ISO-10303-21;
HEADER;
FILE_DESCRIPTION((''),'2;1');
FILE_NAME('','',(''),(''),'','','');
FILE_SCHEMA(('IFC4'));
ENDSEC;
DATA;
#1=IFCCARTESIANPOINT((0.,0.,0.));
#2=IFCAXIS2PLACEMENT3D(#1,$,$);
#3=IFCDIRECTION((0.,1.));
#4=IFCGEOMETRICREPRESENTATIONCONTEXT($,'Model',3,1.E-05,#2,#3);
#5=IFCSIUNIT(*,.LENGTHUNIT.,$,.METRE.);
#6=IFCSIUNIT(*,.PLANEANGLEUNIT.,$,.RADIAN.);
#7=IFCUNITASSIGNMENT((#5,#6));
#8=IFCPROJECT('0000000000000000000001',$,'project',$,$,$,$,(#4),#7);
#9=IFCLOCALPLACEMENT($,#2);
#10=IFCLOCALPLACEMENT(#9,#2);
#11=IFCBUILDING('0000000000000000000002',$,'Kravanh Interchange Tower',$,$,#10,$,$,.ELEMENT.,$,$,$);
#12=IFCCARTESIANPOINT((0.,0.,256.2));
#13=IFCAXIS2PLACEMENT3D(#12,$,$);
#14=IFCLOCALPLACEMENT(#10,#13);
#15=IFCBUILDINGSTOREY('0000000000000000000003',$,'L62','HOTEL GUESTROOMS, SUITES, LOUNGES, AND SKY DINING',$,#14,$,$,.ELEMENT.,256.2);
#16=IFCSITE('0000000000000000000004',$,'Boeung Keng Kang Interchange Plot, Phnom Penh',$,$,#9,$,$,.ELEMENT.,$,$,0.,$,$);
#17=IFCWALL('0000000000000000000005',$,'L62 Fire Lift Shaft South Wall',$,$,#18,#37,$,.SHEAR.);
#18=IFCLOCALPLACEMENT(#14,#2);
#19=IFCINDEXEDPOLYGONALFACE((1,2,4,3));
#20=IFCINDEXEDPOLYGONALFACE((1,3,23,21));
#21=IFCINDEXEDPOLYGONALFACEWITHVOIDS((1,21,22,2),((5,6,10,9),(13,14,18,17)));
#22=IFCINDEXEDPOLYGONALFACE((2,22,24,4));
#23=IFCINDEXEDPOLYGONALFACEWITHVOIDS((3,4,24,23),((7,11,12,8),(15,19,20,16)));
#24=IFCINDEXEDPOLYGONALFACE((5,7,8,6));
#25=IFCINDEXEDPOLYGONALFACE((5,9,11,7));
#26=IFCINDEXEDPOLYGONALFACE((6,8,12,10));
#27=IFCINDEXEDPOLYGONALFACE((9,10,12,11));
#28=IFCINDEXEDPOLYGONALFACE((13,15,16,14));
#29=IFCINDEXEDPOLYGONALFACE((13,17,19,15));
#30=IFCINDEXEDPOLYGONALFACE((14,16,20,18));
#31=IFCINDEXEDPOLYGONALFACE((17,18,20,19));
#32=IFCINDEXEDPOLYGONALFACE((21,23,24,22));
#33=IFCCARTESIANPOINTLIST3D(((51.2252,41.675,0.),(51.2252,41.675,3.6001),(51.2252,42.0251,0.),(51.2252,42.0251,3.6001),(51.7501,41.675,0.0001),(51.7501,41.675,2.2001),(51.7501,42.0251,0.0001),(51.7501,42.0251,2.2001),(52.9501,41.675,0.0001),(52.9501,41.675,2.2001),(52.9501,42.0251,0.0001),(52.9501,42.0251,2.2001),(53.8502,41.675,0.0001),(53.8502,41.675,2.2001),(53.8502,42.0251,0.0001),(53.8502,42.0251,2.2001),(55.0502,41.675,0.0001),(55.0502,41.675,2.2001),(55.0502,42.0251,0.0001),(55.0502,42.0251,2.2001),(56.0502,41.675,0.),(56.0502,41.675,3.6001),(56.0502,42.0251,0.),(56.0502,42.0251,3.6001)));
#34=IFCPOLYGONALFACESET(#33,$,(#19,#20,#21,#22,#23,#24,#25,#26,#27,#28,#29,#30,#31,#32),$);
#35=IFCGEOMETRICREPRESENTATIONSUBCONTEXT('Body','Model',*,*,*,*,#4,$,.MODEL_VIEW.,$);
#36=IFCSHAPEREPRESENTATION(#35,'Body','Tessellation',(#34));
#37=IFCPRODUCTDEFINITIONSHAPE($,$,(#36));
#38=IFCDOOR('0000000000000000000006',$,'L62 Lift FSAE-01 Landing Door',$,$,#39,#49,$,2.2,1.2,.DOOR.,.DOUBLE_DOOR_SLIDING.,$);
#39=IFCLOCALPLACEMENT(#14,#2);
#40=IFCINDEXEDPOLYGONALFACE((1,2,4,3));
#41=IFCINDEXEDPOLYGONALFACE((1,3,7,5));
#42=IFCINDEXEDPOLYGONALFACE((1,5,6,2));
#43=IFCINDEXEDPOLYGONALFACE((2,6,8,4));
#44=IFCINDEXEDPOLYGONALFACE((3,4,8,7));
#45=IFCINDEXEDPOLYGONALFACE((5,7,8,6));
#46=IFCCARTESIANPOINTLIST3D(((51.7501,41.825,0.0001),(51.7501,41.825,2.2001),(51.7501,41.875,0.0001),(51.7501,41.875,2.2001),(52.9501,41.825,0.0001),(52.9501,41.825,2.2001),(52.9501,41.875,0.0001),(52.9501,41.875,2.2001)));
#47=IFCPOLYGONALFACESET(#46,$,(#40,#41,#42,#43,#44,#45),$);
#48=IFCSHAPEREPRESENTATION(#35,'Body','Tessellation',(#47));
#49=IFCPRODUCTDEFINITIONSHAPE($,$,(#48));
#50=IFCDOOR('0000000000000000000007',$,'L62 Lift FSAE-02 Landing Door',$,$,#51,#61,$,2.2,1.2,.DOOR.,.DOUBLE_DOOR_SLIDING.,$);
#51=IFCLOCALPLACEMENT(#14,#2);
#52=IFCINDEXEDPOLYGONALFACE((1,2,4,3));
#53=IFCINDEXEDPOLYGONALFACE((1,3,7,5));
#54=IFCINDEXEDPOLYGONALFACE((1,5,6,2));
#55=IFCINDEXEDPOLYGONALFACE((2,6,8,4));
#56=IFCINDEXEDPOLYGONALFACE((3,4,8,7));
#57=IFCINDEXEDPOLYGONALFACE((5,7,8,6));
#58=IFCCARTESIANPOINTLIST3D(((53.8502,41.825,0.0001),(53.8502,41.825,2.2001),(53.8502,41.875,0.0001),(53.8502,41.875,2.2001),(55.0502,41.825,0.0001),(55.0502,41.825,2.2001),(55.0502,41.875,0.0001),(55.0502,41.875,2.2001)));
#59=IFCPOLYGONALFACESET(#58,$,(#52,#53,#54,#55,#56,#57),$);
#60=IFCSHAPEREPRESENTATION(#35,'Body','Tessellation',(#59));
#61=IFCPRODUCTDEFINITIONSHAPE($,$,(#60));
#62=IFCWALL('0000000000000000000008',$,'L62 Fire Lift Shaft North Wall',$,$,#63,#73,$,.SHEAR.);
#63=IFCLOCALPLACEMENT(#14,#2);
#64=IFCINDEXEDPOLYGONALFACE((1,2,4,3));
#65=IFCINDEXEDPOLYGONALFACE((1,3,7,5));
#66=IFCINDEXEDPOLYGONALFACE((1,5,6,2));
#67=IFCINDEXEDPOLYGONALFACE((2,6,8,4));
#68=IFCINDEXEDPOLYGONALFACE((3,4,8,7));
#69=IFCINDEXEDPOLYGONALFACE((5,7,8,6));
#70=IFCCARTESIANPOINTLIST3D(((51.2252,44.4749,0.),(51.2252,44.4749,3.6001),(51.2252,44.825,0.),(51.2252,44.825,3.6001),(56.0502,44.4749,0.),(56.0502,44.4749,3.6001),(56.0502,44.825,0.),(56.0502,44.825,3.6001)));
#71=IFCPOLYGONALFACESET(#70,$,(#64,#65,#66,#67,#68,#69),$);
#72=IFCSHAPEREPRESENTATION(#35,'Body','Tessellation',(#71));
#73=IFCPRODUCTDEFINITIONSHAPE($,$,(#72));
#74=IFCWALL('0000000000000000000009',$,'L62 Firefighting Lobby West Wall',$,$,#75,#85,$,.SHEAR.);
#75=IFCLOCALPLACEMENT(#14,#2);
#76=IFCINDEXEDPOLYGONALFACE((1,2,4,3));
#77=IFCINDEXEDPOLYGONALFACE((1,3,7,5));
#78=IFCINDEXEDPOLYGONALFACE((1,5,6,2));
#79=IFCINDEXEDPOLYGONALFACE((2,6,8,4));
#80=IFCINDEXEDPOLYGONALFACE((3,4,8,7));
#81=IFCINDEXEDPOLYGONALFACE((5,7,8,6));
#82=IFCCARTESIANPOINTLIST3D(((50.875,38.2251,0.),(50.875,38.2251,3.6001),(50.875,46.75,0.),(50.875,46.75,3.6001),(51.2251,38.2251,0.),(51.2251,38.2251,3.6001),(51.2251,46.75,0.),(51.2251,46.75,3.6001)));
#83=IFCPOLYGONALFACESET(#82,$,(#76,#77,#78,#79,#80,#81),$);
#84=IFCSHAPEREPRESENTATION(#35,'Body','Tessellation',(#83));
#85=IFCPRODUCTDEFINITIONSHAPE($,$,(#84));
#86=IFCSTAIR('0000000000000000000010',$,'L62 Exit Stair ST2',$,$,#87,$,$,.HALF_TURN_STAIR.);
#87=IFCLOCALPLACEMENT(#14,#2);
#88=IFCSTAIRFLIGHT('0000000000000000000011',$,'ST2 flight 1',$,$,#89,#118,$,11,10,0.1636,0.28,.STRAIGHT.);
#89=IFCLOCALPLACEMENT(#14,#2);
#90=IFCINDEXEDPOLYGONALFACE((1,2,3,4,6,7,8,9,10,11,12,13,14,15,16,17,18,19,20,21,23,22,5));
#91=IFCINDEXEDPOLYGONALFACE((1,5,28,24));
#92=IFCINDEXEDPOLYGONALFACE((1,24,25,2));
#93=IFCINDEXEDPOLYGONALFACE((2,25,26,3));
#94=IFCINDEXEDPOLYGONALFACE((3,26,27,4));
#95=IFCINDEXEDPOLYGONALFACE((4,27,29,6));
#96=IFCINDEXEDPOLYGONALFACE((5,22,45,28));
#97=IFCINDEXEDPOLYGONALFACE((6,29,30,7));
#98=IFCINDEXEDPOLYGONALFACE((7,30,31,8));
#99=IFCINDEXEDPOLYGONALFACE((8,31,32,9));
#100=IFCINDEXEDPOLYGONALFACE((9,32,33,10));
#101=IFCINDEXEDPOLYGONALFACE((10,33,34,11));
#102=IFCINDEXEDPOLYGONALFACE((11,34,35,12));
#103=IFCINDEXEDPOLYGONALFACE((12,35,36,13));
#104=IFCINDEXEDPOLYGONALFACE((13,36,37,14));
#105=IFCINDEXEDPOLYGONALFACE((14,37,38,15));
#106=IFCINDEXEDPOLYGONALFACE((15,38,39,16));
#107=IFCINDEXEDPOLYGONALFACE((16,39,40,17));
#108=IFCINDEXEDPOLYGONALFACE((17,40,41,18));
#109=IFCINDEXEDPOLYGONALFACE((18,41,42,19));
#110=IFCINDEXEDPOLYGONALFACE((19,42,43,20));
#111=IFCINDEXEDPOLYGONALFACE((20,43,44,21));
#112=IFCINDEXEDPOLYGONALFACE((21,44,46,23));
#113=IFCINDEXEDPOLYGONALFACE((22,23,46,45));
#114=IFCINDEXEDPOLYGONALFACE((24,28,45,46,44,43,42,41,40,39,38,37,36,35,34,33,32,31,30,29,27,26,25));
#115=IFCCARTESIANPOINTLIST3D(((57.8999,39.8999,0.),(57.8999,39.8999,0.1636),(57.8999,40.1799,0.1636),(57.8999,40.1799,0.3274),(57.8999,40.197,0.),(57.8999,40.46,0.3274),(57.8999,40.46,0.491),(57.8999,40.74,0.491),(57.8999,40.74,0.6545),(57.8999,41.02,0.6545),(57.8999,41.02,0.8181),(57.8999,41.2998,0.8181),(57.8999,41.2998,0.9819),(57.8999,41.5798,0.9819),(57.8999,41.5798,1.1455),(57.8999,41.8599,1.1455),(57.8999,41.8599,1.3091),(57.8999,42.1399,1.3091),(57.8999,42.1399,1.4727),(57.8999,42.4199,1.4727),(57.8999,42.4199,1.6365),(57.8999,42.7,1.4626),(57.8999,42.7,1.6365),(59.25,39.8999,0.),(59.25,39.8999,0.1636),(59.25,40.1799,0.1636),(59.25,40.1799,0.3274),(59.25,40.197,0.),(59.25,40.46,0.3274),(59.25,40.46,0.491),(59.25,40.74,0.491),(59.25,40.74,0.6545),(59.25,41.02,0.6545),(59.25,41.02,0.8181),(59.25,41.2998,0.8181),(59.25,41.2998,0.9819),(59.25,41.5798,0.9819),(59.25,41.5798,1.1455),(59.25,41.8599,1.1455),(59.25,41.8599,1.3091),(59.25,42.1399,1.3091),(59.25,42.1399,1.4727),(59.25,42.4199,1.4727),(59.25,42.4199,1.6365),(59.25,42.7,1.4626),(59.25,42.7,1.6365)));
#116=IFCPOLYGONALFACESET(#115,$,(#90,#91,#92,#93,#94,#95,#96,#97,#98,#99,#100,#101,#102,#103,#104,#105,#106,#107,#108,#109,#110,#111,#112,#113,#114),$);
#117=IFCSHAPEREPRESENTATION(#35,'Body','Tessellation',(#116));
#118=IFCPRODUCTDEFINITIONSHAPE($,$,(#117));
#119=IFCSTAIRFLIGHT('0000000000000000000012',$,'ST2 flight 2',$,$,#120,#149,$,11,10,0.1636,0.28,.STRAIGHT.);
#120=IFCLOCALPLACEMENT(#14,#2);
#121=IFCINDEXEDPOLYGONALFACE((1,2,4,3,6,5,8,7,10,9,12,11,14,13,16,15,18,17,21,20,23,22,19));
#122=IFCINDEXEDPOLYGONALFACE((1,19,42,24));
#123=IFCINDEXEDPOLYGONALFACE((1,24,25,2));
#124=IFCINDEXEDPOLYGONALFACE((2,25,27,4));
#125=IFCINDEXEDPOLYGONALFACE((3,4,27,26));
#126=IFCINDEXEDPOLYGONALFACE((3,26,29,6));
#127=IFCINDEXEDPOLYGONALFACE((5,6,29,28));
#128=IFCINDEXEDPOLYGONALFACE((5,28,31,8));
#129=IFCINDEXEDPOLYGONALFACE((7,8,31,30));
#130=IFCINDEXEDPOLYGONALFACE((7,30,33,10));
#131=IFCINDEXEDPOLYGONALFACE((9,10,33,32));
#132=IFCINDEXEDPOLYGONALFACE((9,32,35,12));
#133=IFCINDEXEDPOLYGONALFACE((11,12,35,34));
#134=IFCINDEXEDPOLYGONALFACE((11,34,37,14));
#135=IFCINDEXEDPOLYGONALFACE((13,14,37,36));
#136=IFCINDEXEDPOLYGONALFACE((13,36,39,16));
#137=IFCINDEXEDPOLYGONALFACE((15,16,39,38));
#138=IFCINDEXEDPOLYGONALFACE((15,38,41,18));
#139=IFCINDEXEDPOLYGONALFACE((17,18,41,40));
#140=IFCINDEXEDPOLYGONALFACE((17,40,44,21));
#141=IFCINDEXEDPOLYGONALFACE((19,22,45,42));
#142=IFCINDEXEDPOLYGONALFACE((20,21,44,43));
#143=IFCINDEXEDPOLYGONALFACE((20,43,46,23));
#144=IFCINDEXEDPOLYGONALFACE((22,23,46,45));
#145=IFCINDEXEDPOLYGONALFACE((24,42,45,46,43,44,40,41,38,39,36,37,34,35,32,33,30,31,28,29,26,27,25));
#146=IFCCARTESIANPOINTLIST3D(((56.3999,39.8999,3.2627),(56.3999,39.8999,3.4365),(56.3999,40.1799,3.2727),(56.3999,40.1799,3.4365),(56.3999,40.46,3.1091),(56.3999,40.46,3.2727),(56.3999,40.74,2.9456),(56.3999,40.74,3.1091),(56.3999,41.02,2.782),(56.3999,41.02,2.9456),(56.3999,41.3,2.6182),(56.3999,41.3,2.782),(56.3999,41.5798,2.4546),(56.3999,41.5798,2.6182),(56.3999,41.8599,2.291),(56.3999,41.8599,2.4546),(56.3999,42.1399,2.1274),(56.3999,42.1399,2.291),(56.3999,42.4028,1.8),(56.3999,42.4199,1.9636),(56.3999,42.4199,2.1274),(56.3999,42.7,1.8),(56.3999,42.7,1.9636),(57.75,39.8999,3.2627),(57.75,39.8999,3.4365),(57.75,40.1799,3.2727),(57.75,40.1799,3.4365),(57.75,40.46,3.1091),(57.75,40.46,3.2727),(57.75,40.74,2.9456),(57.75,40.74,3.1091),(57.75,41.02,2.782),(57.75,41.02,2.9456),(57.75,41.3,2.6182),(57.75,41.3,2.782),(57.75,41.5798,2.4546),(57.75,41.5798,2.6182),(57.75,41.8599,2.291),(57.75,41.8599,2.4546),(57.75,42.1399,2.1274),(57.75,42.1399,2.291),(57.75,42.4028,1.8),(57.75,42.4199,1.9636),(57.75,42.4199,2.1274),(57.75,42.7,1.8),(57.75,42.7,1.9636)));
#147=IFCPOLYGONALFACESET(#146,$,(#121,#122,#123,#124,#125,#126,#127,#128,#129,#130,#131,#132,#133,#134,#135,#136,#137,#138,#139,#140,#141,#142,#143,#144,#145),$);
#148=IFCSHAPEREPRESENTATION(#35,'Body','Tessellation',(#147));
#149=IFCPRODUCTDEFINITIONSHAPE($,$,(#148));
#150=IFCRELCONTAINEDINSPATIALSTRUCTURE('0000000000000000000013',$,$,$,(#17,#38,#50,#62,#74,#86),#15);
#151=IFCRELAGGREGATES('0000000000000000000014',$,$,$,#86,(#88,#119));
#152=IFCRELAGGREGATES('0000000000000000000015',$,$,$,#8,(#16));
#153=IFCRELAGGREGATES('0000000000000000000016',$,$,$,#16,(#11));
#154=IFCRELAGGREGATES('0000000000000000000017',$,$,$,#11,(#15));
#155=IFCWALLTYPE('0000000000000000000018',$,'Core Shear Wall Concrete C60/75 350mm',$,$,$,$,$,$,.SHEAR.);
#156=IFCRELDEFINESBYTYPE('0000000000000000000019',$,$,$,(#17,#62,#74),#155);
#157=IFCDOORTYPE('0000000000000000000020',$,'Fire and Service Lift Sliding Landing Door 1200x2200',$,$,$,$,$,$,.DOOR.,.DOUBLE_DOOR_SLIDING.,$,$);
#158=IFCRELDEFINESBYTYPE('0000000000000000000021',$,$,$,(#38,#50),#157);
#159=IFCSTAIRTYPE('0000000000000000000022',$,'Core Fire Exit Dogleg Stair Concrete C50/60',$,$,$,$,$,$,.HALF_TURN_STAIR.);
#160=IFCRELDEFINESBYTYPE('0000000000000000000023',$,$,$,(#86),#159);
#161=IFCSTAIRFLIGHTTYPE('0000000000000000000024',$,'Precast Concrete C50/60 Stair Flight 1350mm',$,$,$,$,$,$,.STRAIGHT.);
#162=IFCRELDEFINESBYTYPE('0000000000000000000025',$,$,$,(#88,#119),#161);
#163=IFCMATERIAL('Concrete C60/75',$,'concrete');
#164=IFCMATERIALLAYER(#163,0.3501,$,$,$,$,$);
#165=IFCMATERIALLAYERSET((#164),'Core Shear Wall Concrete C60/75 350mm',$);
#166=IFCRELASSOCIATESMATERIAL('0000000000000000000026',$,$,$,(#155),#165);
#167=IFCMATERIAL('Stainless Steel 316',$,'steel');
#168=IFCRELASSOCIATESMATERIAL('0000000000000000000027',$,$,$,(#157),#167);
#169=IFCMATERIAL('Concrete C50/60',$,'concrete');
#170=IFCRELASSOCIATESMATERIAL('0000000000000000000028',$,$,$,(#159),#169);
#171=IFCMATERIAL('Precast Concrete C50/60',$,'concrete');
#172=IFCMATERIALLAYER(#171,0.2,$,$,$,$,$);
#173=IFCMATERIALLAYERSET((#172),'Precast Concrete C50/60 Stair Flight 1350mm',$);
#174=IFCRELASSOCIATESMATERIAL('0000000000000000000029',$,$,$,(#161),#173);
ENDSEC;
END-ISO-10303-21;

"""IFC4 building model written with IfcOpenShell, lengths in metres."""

from ifc_helpers import new_model, si_unit, direction, frame, frame_2d, origin, place, context, subcontext, project, spatial, polyline, rectangle, outline, extrude, material, layer, layer_set, type_object, element, fill, aggregate, save


model = new_model("IFC4")

# Units and contexts
model_context = context("Model", 3, precision=1e-05, world=origin(), true_north=direction((0.0, 1.0)))
body_context = subcontext(model_context, "Body", "Model", "MODEL_VIEW")
ifc_project = project(units=[si_unit("LENGTHUNIT", "METRE"), si_unit("PLANEANGLEUNIT", "RADIAN")], contexts=[model_context])

# Site, building, storey
site_placement = place(None, origin())
site = spatial("IfcSite", under=ifc_project, at=site_placement, Name="Boeung Keng Kang Interchange Plot, Phnom Penh", CompositionType="ELEMENT", RefElevation=0.0)
building_placement = place(site_placement, origin())
building = spatial("IfcBuilding", under=site, at=building_placement, Name="Kravanh Interchange Tower", CompositionType="ELEMENT")
storey_placement = place(building_placement, frame((0.0, 0.0, 256.2)))
storey = spatial("IfcBuildingStorey", under=building, at=storey_placement, Name="L62", Description="HOTEL GUESTROOMS, SUITES, LOUNGES, AND SKY DINING", CompositionType="ELEMENT", Elevation=256.2)

# Shared definitions
ifc_material_1 = material(Name="Concrete C60/75", Category="concrete")
ifc_layer_1 = layer(ifc_material_1, 0.3501)
ifc_layer_set_1 = layer_set([ifc_layer_1], Name="Core Shear Wall Concrete C60/75 350mm")
wall_type = type_object("IfcWallType", Name="Core Shear Wall Concrete C60/75 350mm", PredefinedType="SHEAR", material=ifc_layer_set_1)

# Wall, openings, doors
wall_1_placement = place(storey_placement, frame((51.2251, 41.8501, 0.0), z_axis=(0.0, 0.0, 1.0), x_axis=(1.0, 0.0, 0.0)))
wall_1 = element("IfcWall", 1, at=wall_1_placement, inside=storey, type_object=wall_type, Name="L62 Fire Lift Shaft South Wall", PredefinedType="SHEAR", context=body_context, shape_type="SweptSolid", body=[
    extrude(rectangle(XDim=4.825, YDim=0.3501, at=frame_2d((2.4126, 0.0))), origin(), (0.0, 0.0, 1.0), 3.6001),
])
opening_1_placement = place(wall_1_placement, frame((0.5249, 0.0, 0.0)))
opening_1 = element("IfcOpeningElement", 2, at=opening_1_placement, cuts=wall_1, PredefinedType="OPENING", context=body_context, shape_type="SweptSolid", body=[
    extrude(rectangle(XDim=1.2, YDim=2.2, at=frame_2d((0.6001, 1.1001))), frame((0.0, 0.1851, 0.0), z_axis=(0.0, -1.0, 0.0), x_axis=(1.0, 0.0, 0.0)), (0.0, 0.0, 1.0), 0.3701),
])
opening_2_placement = place(wall_1_placement, frame((2.625, 0.0, 0.0)))
opening_2 = element("IfcOpeningElement", 3, at=opening_2_placement, cuts=wall_1, PredefinedType="OPENING", context=body_context, shape_type="SweptSolid", body=[
    extrude(rectangle(XDim=1.2, YDim=2.2, at=frame_2d((0.6001, 1.1001))), frame((0.0, 0.1851, 0.0), z_axis=(0.0, -1.0, 0.0), x_axis=(1.0, 0.0, 0.0)), (0.0, 0.0, 1.0), 0.3701),
])
ifc_material_2 = material(Name="Stainless Steel 316", Category="steel")
door_type_1 = type_object("IfcDoorType", Name="Fire and Service Lift Sliding Landing Door 1200x2200", OperationType="DOUBLE_DOOR_SLIDING", PredefinedType="DOOR", material=ifc_material_2)
door_1_placement = place(opening_1_placement, origin())
door_1 = element("IfcDoor", 4, at=door_1_placement, inside=storey, type_object=door_type_1, Name="L62 Lift FSAE-01 Landing Door", OperationType="DOUBLE_DOOR_SLIDING", OverallHeight=2.2, OverallWidth=1.2, PredefinedType="DOOR", context=body_context, shape_type="SweptSolid", body=[
    extrude(rectangle(XDim=1.2, YDim=2.2, at=frame_2d((0.6001, 1.1001))), frame((0.0, 0.0249, 0.0), z_axis=(0.0, -1.0, 0.0), x_axis=(1.0, 0.0, 0.0)), (0.0, 0.0, 1.0), 0.05),
])
fill(opening_1, door_1)
door_2_placement = place(opening_2_placement, origin())
door_2 = element("IfcDoor", 5, at=door_2_placement, inside=storey, type_object=door_type_1, Name="L62 Lift FSAE-02 Landing Door", OperationType="DOUBLE_DOOR_SLIDING", OverallHeight=2.2, OverallWidth=1.2, PredefinedType="DOOR", context=body_context, shape_type="SweptSolid", body=[
    extrude(rectangle(XDim=1.2, YDim=2.2, at=frame_2d((0.6001, 1.1001))), frame((0.0, 0.0249, 0.0), z_axis=(0.0, -1.0, 0.0), x_axis=(1.0, 0.0, 0.0)), (0.0, 0.0, 1.0), 0.05),
])
fill(opening_2, door_2)

# Walls
wall_2_placement = place(storey_placement, frame((51.2251, 44.6499, 0.0), z_axis=(0.0, 0.0, 1.0), x_axis=(1.0, 0.0, 0.0)))
element("IfcWall", 6, at=wall_2_placement, inside=storey, type_object=wall_type, Name="L62 Fire Lift Shaft North Wall", PredefinedType="SHEAR", context=body_context, shape_type="SweptSolid", body=[
    extrude(rectangle(XDim=4.825, YDim=0.3501, at=frame_2d((2.4126, 0.0))), origin(), (0.0, 0.0, 1.0), 3.6001),
])
wall_3_placement = place(storey_placement, frame((51.05, 38.2251, 0.0), z_axis=(0.0, 0.0, 1.0), x_axis=(0.0, 1.0, 0.0)))
element("IfcWall", 7, at=wall_3_placement, inside=storey, type_object=wall_type, Name="L62 Firefighting Lobby West Wall", PredefinedType="SHEAR", context=body_context, shape_type="SweptSolid", body=[
    extrude(rectangle(XDim=8.5249, YDim=0.3501, at=frame_2d((4.2625, 0.0))), origin(), (0.0, 0.0, 1.0), 3.6001),
])

# Stair, stair flights
ifc_material_3 = material(Name="Concrete C50/60", Category="concrete")
stair_type = type_object("IfcStairType", Name="Core Fire Exit Dogleg Stair Concrete C50/60", PredefinedType="HALF_TURN_STAIR", material=ifc_material_3)
stair_placement = place(storey_placement, origin())
stair = element("IfcStair", 8, at=stair_placement, inside=storey, type_object=stair_type, Name="L62 Exit Stair ST2", PredefinedType="HALF_TURN_STAIR")
ifc_material_4 = material(Name="Precast Concrete C50/60", Category="concrete")
ifc_layer_2 = layer(ifc_material_4, 0.2)
ifc_layer_set_2 = layer_set([ifc_layer_2], Name="Precast Concrete C50/60 Stair Flight 1350mm")
stair_flight_type = type_object("IfcStairFlightType", Name="Precast Concrete C50/60 Stair Flight 1350mm", PredefinedType="STRAIGHT", material=ifc_layer_set_2)
stair_flight_1_placement = place(storey_placement, frame((58.575, 39.8999, 0.0), z_axis=(0.0, 0.0, 1.0), x_axis=(0.0, 1.0, 0.0)))
stair_flight_1 = element("IfcStairFlight", 9, at=stair_flight_1_placement, type_object=stair_flight_type, Name="ST2 flight 1", NumberOfRisers=11, NumberOfTreads=10, PredefinedType="STRAIGHT", RiserHeight=0.1636, TreadLength=0.28, context=body_context, shape_type="SweptSolid", body=[
    extrude(outline(polyline([(0.0, 0.0), (0.0, 0.1636), (0.28, 0.1636), (0.28, 0.3274), (0.5601, 0.3274), (0.5601, 0.491), (0.8401, 0.491), (0.8401, 0.6545), (1.1201, 0.6545), (1.1201, 0.8181), (1.3999, 0.8181), (1.3999, 0.9819), (1.6799, 0.9819), (1.6799, 1.1455), (1.96, 1.1455), (1.96, 1.3091), (2.24, 1.3091), (2.24, 1.4727), (2.52, 1.4727), (2.52, 1.6365), (2.8, 1.6365), (2.8, 1.8), (2.8, 1.4626), (0.2971, 0.0), (0.0, 0.0)])), frame((0.0, 0.675, 0.0), z_axis=(0.0, -1.0, 0.0), x_axis=(1.0, 0.0, 0.0)), (0.0, 0.0, 1.0), 1.3501),
])
stair_flight_2_placement = place(storey_placement, frame((57.075, 42.7, 1.8), z_axis=(0.0, 0.0, 1.0), x_axis=(0.0, -1.0, 0.0)))
stair_flight_2 = element("IfcStairFlight", 10, at=stair_flight_2_placement, type_object=stair_flight_type, Name="ST2 flight 2", NumberOfRisers=11, NumberOfTreads=10, PredefinedType="STRAIGHT", RiserHeight=0.1636, TreadLength=0.28, context=body_context, shape_type="SweptSolid", body=[
    extrude(outline(polyline([(0.0, 0.0), (0.0, 0.1636), (0.28, 0.1636), (0.28, 0.3274), (0.5601, 0.3274), (0.5601, 0.491), (0.8401, 0.491), (0.8401, 0.6545), (1.1201, 0.6545), (1.1201, 0.8181), (1.3999, 0.8181), (1.3999, 0.9819), (1.6799, 0.9819), (1.6799, 1.1455), (1.96, 1.1455), (1.96, 1.3091), (2.24, 1.3091), (2.24, 1.4727), (2.52, 1.4727), (2.52, 1.6365), (2.8, 1.6365), (2.8, 1.8), (2.8, 1.4626), (0.2971, 0.0), (0.0, 0.0)])), frame((0.0, 0.675, 0.0), z_axis=(0.0, -1.0, 0.0), x_axis=(1.0, 0.0, 0.0)), (0.0, 0.0, 1.0), 1.3501),
])
aggregate(stair, [stair_flight_1, stair_flight_2])

save(model, "model.ifc")
